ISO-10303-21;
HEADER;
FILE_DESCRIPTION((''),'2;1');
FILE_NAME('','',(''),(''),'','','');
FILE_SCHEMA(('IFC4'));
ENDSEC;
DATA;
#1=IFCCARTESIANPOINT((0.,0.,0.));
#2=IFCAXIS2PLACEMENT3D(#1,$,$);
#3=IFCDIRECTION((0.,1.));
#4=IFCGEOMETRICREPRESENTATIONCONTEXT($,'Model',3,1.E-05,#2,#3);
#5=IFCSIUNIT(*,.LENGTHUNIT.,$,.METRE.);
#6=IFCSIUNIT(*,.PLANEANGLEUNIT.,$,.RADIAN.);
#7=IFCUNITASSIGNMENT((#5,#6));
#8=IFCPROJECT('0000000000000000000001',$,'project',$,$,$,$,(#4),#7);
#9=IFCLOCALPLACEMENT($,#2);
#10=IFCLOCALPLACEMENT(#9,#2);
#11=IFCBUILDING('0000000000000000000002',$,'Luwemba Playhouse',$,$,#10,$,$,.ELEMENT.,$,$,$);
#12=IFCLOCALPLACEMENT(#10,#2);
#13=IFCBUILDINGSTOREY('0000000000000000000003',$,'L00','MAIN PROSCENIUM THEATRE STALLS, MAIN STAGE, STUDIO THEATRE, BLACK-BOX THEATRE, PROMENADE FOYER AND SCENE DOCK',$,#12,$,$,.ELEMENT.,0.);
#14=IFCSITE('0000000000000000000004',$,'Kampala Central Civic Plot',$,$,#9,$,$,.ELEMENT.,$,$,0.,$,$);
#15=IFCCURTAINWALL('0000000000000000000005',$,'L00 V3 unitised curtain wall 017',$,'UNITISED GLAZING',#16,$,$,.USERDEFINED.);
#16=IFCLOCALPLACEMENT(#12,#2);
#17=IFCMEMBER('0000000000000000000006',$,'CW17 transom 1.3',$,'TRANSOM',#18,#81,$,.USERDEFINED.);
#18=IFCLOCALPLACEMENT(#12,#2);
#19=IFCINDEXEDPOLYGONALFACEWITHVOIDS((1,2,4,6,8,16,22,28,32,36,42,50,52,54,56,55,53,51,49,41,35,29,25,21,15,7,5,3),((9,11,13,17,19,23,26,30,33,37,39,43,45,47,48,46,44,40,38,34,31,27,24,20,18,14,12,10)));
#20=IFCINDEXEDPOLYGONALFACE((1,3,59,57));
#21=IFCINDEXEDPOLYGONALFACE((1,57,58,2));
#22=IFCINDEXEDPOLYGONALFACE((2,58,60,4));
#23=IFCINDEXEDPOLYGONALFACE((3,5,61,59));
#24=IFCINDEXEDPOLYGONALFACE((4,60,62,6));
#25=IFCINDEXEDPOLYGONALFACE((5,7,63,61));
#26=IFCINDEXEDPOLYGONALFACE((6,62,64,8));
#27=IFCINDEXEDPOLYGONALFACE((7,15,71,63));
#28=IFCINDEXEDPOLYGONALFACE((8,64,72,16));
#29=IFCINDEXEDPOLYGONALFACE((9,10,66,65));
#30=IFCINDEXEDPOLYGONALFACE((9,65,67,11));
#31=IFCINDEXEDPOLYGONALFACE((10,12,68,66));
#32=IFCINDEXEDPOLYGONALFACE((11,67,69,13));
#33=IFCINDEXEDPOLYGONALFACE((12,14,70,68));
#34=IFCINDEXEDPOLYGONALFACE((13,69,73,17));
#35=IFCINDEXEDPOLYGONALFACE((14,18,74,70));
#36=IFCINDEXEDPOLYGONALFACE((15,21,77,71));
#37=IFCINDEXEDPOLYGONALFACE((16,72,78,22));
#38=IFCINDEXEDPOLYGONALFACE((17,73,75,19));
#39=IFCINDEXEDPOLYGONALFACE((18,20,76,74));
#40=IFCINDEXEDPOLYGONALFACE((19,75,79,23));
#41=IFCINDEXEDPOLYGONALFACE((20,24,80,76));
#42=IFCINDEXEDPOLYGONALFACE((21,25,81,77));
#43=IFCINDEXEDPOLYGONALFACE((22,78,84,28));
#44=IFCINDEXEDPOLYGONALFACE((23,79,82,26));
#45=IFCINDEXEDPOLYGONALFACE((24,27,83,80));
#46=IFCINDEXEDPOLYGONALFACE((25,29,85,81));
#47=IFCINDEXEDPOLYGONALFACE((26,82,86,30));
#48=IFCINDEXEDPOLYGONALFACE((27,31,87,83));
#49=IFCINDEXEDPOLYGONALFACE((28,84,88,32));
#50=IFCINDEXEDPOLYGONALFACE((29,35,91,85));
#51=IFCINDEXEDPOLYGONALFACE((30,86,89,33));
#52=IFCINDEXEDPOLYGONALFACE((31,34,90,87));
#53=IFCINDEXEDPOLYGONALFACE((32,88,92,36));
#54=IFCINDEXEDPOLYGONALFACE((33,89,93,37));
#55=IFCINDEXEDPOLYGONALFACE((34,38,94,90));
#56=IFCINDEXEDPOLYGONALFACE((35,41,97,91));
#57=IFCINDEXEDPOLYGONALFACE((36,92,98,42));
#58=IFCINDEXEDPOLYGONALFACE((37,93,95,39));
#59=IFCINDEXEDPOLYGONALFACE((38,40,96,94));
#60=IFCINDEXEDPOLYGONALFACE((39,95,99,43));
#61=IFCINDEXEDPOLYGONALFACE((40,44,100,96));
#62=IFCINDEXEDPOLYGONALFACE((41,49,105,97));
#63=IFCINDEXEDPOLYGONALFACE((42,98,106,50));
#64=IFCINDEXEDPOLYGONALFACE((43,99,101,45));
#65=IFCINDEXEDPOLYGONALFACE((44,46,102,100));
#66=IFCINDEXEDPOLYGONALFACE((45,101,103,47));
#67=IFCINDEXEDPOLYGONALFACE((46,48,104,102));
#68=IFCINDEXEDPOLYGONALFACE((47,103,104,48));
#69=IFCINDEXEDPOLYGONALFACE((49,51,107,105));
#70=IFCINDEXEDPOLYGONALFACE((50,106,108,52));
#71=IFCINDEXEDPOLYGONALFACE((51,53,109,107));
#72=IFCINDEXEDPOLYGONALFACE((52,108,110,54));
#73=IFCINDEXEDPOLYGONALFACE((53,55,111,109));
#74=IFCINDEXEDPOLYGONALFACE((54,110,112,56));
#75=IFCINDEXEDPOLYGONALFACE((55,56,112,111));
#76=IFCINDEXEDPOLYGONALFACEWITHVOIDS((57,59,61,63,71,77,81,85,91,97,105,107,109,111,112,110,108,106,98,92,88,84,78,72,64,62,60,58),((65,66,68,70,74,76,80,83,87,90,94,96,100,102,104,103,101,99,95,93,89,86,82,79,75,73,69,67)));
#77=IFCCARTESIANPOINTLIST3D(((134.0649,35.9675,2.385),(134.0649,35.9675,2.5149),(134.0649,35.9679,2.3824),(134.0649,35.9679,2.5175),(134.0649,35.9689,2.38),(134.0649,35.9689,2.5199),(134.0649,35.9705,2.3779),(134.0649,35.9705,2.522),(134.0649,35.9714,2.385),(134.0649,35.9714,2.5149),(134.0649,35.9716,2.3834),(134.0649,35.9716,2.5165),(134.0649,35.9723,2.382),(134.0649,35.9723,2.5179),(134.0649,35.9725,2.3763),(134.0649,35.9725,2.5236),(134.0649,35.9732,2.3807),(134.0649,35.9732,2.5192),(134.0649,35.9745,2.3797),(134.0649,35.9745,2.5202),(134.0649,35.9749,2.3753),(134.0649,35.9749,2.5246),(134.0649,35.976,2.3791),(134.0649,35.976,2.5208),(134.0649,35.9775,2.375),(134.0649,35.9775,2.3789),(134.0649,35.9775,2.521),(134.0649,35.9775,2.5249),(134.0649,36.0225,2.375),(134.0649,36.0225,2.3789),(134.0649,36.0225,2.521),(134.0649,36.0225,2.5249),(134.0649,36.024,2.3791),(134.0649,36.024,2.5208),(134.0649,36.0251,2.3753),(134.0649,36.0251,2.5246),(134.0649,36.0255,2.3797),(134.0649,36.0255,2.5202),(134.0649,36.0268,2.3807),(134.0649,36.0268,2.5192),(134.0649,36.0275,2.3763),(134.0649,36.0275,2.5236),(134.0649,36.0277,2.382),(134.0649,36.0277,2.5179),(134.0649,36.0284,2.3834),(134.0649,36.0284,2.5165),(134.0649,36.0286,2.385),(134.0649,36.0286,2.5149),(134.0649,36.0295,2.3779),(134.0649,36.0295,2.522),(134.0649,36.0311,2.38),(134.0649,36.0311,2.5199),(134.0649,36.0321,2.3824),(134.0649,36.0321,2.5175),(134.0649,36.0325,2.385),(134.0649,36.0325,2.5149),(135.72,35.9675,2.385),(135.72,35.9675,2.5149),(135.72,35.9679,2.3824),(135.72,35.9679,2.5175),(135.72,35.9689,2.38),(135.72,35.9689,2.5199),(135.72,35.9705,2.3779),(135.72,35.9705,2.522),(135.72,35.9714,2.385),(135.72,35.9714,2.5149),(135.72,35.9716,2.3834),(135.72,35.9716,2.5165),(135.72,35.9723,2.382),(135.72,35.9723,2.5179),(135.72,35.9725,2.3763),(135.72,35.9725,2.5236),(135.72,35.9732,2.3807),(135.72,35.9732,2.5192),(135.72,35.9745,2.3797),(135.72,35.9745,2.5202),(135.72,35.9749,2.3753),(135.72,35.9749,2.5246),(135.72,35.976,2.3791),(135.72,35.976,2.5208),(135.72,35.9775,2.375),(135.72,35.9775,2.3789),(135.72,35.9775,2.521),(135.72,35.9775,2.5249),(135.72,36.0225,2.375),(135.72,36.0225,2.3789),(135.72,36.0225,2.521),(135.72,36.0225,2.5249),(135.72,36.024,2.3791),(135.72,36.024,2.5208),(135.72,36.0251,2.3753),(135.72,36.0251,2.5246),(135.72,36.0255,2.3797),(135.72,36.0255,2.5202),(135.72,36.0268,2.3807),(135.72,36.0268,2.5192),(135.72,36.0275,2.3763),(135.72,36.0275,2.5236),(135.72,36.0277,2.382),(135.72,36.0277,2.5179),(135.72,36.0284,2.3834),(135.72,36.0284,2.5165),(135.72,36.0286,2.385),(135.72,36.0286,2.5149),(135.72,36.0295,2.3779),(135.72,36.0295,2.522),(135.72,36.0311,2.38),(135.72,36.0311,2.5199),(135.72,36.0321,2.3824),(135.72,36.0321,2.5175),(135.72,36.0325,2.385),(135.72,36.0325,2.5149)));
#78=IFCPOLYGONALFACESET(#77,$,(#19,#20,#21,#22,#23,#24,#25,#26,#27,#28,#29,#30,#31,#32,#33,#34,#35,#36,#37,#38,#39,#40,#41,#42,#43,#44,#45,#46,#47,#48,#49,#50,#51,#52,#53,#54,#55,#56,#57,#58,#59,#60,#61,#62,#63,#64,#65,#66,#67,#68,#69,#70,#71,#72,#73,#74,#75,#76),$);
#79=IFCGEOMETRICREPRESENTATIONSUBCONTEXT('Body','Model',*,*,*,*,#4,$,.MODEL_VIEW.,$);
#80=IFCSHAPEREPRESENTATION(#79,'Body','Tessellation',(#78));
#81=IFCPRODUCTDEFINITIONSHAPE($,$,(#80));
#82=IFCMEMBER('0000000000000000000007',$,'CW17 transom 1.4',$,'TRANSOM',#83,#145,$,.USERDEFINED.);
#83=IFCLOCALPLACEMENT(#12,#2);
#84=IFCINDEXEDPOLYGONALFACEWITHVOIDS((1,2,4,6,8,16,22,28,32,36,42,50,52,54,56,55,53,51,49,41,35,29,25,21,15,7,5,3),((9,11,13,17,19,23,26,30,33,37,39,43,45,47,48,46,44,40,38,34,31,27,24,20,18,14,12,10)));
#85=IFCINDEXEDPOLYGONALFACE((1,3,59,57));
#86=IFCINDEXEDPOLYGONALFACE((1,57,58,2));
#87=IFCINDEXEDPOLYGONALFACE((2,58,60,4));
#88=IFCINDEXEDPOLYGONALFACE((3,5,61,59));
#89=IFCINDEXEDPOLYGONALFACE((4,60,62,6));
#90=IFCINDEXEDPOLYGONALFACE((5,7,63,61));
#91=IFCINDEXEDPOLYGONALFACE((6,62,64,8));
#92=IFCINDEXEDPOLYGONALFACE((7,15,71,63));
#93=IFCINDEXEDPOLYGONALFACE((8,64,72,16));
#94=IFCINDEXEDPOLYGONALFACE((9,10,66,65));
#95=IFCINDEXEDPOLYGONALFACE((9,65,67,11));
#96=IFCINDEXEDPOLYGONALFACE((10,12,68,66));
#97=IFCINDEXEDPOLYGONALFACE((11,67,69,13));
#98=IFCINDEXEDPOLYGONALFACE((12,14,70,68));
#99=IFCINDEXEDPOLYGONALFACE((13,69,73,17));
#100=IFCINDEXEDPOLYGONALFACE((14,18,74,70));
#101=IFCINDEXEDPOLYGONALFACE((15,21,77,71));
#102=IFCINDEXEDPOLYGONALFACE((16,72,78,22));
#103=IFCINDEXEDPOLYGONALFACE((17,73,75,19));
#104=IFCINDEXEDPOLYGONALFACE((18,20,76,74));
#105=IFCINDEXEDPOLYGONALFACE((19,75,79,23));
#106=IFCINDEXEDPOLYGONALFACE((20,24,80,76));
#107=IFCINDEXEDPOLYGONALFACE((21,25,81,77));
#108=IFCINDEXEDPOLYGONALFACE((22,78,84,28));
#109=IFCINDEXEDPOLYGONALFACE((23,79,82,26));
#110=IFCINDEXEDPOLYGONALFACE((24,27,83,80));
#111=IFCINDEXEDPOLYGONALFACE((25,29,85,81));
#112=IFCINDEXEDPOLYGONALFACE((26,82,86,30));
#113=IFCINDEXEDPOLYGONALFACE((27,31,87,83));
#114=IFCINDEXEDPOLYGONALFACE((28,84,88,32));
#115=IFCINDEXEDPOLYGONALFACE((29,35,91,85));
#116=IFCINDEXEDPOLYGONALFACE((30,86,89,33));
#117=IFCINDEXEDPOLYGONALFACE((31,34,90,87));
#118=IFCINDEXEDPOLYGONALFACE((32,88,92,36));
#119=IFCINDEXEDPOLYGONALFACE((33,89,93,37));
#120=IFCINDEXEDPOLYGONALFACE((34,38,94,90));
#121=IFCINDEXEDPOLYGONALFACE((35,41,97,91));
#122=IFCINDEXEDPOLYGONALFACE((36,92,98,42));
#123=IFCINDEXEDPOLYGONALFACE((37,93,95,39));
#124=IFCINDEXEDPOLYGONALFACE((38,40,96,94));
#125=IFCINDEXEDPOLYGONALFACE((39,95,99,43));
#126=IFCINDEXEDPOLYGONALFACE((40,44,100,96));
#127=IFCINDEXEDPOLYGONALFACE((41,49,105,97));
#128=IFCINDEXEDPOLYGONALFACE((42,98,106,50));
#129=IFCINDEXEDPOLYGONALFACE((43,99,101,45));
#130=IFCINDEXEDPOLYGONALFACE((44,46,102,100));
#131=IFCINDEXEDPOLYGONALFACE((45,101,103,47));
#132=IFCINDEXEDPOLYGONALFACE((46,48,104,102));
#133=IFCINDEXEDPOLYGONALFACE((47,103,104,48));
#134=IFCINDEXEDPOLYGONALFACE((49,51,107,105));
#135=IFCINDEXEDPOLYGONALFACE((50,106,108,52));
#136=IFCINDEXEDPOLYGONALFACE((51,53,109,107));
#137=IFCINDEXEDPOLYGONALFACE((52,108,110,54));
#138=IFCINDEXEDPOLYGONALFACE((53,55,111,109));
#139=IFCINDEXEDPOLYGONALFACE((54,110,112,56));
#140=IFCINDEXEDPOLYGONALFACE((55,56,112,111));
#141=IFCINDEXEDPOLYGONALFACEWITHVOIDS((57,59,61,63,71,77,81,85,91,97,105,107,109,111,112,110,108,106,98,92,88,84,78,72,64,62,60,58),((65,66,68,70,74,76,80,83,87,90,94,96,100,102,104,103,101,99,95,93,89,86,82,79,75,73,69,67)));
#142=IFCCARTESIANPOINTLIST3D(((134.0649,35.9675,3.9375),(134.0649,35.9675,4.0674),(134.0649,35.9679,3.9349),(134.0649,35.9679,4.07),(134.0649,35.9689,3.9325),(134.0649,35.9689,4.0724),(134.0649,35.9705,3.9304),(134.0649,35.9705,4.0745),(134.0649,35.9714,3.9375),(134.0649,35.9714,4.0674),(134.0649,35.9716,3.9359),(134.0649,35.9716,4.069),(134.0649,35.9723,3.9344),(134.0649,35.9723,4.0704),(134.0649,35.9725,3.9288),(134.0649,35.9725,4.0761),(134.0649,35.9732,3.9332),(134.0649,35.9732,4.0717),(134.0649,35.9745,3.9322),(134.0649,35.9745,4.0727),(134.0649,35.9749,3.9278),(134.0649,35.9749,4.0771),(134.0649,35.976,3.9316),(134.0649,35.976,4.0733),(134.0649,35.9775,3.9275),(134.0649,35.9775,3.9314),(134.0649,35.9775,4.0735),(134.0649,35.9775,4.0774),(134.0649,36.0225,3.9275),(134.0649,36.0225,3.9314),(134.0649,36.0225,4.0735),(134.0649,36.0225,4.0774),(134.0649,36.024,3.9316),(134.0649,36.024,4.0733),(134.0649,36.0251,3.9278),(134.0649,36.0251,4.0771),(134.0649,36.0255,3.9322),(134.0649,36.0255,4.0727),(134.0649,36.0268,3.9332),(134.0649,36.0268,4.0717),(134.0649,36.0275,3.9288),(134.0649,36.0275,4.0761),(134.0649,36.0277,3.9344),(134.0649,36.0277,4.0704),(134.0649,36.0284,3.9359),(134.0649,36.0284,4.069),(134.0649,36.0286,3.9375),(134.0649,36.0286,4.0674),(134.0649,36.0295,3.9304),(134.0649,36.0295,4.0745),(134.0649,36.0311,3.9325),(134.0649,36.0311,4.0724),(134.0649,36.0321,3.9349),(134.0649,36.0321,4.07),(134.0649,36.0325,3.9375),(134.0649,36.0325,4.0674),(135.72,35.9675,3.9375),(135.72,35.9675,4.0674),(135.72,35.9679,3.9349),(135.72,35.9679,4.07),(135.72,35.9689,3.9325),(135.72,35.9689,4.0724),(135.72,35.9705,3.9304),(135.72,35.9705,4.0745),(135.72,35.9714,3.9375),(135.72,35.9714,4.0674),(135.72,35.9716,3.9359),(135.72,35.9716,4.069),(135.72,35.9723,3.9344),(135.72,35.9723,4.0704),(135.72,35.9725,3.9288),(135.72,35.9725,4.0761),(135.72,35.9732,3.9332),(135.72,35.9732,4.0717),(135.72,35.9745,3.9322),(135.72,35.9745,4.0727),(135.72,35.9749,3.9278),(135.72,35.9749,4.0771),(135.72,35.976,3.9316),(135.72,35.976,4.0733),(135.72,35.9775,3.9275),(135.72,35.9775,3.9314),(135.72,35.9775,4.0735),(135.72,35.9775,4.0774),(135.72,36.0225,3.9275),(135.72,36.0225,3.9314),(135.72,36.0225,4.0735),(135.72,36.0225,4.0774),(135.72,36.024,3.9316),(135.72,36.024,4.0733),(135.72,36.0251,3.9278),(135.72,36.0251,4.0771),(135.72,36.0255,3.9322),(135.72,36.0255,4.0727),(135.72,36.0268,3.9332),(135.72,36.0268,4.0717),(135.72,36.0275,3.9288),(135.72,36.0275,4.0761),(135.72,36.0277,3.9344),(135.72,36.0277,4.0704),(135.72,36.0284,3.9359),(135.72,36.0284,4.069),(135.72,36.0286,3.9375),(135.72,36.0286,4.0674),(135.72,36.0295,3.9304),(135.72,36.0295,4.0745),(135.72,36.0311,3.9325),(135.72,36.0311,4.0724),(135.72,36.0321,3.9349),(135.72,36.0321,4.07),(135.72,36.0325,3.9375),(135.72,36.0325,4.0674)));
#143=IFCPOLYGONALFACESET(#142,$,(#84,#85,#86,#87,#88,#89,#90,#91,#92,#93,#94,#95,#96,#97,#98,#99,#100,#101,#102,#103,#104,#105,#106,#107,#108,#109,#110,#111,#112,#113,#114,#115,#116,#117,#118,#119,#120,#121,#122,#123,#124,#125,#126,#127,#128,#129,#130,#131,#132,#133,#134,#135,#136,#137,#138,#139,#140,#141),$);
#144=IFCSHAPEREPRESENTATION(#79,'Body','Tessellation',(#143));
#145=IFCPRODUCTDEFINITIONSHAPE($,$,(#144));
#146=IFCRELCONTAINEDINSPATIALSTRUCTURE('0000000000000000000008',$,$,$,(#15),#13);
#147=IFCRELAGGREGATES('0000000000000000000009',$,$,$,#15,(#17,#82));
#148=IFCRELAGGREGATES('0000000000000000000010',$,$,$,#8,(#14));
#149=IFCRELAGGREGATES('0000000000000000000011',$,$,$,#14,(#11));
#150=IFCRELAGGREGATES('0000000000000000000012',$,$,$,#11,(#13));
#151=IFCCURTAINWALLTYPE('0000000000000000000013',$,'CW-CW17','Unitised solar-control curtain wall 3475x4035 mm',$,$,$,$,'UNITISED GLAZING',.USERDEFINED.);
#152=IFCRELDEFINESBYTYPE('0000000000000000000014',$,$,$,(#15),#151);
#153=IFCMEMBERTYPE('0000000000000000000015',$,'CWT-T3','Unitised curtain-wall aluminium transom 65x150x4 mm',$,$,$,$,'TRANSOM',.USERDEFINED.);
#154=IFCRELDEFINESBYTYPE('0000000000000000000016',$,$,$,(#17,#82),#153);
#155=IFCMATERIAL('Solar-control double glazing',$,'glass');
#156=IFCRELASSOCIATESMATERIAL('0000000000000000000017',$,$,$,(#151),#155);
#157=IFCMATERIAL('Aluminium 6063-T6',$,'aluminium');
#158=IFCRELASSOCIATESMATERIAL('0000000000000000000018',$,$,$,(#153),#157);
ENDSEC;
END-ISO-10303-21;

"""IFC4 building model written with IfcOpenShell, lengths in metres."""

from ifc_helpers import new_model, si_unit, direction, frame, origin, origin_2d, place, context, subcontext, project, spatial, hollow_rectangle, extrude, material, material_profile, profile_set, type_object, element, aggregate, save


model = new_model("IFC4")

# Units and contexts
model_context = context("Model", 3, precision=1e-05, world=origin(), true_north=direction((0.0, 1.0)))
body_context = subcontext(model_context, "Body", "Model", "MODEL_VIEW")
ifc_project = project(units=[si_unit("LENGTHUNIT", "METRE"), si_unit("PLANEANGLEUNIT", "RADIAN")], contexts=[model_context])

# Site, building, storey
site_placement = place(None, origin())
site = spatial("IfcSite", under=ifc_project, at=site_placement, Name="Kampala Central Civic Plot", CompositionType="ELEMENT", RefElevation=0.0)
building_placement = place(site_placement, origin())
building = spatial("IfcBuilding", under=site, at=building_placement, Name="Luwemba Playhouse", CompositionType="ELEMENT")
storey_placement = place(building_placement, origin())
storey = spatial("IfcBuildingStorey", under=building, at=storey_placement, Name="L00", Description="MAIN PROSCENIUM THEATRE STALLS, MAIN STAGE, STUDIO THEATRE, BLACK-BOX THEATRE, PROMENADE FOYER AND SCENE DOCK", CompositionType="ELEMENT", Elevation=0.0)

# Shared definitions
ifc_material_1 = material(Name="Solar-control double glazing", Category="glass")
ifc_material_2 = material(Name="Aluminium 6063-T6", Category="aluminium")

# Curtain wall
curtain_wall_type_1 = type_object("IfcCurtainWallType", Name="CW-CW17", Description="Unitised solar-control curtain wall 3475x4035 mm", ElementType="UNITISED GLAZING", PredefinedType="USERDEFINED", material=ifc_material_1)
curtain_wall_1_placement = place(storey_placement, origin())
curtain_wall_1 = element("IfcCurtainWall", 1, at=curtain_wall_1_placement, inside=storey, type_object=curtain_wall_type_1, Name="L00 V3 unitised curtain wall 017", ObjectType="UNITISED GLAZING", PredefinedType="USERDEFINED")

# Members
ifc_material_profile_1 = material_profile(ifc_material_2, hollow_rectangle(XDim=0.0649, YDim=0.1499, WallThickness=0.0039, InnerFilletRadius=0.0061, OuterFilletRadius=0.01, at=origin_2d()))
ifc_profile_set_1 = profile_set([ifc_material_profile_1], Name="Aluminium 6063-T6")
member_type_1 = type_object("IfcMemberType", Name="CWT-T3", Description="Unitised curtain-wall aluminium transom 65x150x4 mm", ElementType="TRANSOM", PredefinedType="USERDEFINED", material=ifc_profile_set_1)
member_1_placement = place(storey_placement, frame((135.72, 36.0, 2.45), z_axis=(-1.0, 0.0, 0.0), x_axis=(0.0, -1.0, 0.0)))
member_1 = element("IfcMember", 2, at=member_1_placement, type_object=member_type_1, Name="CW17 transom 1.3", ObjectType="TRANSOM", PredefinedType="USERDEFINED", context=body_context, shape_type="SweptSolid", body=[
    extrude(hollow_rectangle(XDim=0.0649, YDim=0.1499, WallThickness=0.0039, InnerFilletRadius=0.0061, OuterFilletRadius=0.01, at=origin_2d()), origin(), (0.0, 0.0, 1.0), 1.655),
])
member_2_placement = place(storey_placement, frame((135.72, 36.0, 4.0024), z_axis=(-1.0, 0.0, 0.0), x_axis=(0.0, -1.0, 0.0)))
member_2 = element("IfcMember", 3, at=member_2_placement, type_object=member_type_1, Name="CW17 transom 1.4", ObjectType="TRANSOM", PredefinedType="USERDEFINED", context=body_context, shape_type="SweptSolid", body=[
    extrude(hollow_rectangle(XDim=0.0649, YDim=0.1499, WallThickness=0.0039, InnerFilletRadius=0.0061, OuterFilletRadius=0.01, at=origin_2d()), origin(), (0.0, 0.0, 1.0), 1.655),
])

aggregate(curtain_wall_1, [member_1, member_2])

save(model, "model.ifc")
